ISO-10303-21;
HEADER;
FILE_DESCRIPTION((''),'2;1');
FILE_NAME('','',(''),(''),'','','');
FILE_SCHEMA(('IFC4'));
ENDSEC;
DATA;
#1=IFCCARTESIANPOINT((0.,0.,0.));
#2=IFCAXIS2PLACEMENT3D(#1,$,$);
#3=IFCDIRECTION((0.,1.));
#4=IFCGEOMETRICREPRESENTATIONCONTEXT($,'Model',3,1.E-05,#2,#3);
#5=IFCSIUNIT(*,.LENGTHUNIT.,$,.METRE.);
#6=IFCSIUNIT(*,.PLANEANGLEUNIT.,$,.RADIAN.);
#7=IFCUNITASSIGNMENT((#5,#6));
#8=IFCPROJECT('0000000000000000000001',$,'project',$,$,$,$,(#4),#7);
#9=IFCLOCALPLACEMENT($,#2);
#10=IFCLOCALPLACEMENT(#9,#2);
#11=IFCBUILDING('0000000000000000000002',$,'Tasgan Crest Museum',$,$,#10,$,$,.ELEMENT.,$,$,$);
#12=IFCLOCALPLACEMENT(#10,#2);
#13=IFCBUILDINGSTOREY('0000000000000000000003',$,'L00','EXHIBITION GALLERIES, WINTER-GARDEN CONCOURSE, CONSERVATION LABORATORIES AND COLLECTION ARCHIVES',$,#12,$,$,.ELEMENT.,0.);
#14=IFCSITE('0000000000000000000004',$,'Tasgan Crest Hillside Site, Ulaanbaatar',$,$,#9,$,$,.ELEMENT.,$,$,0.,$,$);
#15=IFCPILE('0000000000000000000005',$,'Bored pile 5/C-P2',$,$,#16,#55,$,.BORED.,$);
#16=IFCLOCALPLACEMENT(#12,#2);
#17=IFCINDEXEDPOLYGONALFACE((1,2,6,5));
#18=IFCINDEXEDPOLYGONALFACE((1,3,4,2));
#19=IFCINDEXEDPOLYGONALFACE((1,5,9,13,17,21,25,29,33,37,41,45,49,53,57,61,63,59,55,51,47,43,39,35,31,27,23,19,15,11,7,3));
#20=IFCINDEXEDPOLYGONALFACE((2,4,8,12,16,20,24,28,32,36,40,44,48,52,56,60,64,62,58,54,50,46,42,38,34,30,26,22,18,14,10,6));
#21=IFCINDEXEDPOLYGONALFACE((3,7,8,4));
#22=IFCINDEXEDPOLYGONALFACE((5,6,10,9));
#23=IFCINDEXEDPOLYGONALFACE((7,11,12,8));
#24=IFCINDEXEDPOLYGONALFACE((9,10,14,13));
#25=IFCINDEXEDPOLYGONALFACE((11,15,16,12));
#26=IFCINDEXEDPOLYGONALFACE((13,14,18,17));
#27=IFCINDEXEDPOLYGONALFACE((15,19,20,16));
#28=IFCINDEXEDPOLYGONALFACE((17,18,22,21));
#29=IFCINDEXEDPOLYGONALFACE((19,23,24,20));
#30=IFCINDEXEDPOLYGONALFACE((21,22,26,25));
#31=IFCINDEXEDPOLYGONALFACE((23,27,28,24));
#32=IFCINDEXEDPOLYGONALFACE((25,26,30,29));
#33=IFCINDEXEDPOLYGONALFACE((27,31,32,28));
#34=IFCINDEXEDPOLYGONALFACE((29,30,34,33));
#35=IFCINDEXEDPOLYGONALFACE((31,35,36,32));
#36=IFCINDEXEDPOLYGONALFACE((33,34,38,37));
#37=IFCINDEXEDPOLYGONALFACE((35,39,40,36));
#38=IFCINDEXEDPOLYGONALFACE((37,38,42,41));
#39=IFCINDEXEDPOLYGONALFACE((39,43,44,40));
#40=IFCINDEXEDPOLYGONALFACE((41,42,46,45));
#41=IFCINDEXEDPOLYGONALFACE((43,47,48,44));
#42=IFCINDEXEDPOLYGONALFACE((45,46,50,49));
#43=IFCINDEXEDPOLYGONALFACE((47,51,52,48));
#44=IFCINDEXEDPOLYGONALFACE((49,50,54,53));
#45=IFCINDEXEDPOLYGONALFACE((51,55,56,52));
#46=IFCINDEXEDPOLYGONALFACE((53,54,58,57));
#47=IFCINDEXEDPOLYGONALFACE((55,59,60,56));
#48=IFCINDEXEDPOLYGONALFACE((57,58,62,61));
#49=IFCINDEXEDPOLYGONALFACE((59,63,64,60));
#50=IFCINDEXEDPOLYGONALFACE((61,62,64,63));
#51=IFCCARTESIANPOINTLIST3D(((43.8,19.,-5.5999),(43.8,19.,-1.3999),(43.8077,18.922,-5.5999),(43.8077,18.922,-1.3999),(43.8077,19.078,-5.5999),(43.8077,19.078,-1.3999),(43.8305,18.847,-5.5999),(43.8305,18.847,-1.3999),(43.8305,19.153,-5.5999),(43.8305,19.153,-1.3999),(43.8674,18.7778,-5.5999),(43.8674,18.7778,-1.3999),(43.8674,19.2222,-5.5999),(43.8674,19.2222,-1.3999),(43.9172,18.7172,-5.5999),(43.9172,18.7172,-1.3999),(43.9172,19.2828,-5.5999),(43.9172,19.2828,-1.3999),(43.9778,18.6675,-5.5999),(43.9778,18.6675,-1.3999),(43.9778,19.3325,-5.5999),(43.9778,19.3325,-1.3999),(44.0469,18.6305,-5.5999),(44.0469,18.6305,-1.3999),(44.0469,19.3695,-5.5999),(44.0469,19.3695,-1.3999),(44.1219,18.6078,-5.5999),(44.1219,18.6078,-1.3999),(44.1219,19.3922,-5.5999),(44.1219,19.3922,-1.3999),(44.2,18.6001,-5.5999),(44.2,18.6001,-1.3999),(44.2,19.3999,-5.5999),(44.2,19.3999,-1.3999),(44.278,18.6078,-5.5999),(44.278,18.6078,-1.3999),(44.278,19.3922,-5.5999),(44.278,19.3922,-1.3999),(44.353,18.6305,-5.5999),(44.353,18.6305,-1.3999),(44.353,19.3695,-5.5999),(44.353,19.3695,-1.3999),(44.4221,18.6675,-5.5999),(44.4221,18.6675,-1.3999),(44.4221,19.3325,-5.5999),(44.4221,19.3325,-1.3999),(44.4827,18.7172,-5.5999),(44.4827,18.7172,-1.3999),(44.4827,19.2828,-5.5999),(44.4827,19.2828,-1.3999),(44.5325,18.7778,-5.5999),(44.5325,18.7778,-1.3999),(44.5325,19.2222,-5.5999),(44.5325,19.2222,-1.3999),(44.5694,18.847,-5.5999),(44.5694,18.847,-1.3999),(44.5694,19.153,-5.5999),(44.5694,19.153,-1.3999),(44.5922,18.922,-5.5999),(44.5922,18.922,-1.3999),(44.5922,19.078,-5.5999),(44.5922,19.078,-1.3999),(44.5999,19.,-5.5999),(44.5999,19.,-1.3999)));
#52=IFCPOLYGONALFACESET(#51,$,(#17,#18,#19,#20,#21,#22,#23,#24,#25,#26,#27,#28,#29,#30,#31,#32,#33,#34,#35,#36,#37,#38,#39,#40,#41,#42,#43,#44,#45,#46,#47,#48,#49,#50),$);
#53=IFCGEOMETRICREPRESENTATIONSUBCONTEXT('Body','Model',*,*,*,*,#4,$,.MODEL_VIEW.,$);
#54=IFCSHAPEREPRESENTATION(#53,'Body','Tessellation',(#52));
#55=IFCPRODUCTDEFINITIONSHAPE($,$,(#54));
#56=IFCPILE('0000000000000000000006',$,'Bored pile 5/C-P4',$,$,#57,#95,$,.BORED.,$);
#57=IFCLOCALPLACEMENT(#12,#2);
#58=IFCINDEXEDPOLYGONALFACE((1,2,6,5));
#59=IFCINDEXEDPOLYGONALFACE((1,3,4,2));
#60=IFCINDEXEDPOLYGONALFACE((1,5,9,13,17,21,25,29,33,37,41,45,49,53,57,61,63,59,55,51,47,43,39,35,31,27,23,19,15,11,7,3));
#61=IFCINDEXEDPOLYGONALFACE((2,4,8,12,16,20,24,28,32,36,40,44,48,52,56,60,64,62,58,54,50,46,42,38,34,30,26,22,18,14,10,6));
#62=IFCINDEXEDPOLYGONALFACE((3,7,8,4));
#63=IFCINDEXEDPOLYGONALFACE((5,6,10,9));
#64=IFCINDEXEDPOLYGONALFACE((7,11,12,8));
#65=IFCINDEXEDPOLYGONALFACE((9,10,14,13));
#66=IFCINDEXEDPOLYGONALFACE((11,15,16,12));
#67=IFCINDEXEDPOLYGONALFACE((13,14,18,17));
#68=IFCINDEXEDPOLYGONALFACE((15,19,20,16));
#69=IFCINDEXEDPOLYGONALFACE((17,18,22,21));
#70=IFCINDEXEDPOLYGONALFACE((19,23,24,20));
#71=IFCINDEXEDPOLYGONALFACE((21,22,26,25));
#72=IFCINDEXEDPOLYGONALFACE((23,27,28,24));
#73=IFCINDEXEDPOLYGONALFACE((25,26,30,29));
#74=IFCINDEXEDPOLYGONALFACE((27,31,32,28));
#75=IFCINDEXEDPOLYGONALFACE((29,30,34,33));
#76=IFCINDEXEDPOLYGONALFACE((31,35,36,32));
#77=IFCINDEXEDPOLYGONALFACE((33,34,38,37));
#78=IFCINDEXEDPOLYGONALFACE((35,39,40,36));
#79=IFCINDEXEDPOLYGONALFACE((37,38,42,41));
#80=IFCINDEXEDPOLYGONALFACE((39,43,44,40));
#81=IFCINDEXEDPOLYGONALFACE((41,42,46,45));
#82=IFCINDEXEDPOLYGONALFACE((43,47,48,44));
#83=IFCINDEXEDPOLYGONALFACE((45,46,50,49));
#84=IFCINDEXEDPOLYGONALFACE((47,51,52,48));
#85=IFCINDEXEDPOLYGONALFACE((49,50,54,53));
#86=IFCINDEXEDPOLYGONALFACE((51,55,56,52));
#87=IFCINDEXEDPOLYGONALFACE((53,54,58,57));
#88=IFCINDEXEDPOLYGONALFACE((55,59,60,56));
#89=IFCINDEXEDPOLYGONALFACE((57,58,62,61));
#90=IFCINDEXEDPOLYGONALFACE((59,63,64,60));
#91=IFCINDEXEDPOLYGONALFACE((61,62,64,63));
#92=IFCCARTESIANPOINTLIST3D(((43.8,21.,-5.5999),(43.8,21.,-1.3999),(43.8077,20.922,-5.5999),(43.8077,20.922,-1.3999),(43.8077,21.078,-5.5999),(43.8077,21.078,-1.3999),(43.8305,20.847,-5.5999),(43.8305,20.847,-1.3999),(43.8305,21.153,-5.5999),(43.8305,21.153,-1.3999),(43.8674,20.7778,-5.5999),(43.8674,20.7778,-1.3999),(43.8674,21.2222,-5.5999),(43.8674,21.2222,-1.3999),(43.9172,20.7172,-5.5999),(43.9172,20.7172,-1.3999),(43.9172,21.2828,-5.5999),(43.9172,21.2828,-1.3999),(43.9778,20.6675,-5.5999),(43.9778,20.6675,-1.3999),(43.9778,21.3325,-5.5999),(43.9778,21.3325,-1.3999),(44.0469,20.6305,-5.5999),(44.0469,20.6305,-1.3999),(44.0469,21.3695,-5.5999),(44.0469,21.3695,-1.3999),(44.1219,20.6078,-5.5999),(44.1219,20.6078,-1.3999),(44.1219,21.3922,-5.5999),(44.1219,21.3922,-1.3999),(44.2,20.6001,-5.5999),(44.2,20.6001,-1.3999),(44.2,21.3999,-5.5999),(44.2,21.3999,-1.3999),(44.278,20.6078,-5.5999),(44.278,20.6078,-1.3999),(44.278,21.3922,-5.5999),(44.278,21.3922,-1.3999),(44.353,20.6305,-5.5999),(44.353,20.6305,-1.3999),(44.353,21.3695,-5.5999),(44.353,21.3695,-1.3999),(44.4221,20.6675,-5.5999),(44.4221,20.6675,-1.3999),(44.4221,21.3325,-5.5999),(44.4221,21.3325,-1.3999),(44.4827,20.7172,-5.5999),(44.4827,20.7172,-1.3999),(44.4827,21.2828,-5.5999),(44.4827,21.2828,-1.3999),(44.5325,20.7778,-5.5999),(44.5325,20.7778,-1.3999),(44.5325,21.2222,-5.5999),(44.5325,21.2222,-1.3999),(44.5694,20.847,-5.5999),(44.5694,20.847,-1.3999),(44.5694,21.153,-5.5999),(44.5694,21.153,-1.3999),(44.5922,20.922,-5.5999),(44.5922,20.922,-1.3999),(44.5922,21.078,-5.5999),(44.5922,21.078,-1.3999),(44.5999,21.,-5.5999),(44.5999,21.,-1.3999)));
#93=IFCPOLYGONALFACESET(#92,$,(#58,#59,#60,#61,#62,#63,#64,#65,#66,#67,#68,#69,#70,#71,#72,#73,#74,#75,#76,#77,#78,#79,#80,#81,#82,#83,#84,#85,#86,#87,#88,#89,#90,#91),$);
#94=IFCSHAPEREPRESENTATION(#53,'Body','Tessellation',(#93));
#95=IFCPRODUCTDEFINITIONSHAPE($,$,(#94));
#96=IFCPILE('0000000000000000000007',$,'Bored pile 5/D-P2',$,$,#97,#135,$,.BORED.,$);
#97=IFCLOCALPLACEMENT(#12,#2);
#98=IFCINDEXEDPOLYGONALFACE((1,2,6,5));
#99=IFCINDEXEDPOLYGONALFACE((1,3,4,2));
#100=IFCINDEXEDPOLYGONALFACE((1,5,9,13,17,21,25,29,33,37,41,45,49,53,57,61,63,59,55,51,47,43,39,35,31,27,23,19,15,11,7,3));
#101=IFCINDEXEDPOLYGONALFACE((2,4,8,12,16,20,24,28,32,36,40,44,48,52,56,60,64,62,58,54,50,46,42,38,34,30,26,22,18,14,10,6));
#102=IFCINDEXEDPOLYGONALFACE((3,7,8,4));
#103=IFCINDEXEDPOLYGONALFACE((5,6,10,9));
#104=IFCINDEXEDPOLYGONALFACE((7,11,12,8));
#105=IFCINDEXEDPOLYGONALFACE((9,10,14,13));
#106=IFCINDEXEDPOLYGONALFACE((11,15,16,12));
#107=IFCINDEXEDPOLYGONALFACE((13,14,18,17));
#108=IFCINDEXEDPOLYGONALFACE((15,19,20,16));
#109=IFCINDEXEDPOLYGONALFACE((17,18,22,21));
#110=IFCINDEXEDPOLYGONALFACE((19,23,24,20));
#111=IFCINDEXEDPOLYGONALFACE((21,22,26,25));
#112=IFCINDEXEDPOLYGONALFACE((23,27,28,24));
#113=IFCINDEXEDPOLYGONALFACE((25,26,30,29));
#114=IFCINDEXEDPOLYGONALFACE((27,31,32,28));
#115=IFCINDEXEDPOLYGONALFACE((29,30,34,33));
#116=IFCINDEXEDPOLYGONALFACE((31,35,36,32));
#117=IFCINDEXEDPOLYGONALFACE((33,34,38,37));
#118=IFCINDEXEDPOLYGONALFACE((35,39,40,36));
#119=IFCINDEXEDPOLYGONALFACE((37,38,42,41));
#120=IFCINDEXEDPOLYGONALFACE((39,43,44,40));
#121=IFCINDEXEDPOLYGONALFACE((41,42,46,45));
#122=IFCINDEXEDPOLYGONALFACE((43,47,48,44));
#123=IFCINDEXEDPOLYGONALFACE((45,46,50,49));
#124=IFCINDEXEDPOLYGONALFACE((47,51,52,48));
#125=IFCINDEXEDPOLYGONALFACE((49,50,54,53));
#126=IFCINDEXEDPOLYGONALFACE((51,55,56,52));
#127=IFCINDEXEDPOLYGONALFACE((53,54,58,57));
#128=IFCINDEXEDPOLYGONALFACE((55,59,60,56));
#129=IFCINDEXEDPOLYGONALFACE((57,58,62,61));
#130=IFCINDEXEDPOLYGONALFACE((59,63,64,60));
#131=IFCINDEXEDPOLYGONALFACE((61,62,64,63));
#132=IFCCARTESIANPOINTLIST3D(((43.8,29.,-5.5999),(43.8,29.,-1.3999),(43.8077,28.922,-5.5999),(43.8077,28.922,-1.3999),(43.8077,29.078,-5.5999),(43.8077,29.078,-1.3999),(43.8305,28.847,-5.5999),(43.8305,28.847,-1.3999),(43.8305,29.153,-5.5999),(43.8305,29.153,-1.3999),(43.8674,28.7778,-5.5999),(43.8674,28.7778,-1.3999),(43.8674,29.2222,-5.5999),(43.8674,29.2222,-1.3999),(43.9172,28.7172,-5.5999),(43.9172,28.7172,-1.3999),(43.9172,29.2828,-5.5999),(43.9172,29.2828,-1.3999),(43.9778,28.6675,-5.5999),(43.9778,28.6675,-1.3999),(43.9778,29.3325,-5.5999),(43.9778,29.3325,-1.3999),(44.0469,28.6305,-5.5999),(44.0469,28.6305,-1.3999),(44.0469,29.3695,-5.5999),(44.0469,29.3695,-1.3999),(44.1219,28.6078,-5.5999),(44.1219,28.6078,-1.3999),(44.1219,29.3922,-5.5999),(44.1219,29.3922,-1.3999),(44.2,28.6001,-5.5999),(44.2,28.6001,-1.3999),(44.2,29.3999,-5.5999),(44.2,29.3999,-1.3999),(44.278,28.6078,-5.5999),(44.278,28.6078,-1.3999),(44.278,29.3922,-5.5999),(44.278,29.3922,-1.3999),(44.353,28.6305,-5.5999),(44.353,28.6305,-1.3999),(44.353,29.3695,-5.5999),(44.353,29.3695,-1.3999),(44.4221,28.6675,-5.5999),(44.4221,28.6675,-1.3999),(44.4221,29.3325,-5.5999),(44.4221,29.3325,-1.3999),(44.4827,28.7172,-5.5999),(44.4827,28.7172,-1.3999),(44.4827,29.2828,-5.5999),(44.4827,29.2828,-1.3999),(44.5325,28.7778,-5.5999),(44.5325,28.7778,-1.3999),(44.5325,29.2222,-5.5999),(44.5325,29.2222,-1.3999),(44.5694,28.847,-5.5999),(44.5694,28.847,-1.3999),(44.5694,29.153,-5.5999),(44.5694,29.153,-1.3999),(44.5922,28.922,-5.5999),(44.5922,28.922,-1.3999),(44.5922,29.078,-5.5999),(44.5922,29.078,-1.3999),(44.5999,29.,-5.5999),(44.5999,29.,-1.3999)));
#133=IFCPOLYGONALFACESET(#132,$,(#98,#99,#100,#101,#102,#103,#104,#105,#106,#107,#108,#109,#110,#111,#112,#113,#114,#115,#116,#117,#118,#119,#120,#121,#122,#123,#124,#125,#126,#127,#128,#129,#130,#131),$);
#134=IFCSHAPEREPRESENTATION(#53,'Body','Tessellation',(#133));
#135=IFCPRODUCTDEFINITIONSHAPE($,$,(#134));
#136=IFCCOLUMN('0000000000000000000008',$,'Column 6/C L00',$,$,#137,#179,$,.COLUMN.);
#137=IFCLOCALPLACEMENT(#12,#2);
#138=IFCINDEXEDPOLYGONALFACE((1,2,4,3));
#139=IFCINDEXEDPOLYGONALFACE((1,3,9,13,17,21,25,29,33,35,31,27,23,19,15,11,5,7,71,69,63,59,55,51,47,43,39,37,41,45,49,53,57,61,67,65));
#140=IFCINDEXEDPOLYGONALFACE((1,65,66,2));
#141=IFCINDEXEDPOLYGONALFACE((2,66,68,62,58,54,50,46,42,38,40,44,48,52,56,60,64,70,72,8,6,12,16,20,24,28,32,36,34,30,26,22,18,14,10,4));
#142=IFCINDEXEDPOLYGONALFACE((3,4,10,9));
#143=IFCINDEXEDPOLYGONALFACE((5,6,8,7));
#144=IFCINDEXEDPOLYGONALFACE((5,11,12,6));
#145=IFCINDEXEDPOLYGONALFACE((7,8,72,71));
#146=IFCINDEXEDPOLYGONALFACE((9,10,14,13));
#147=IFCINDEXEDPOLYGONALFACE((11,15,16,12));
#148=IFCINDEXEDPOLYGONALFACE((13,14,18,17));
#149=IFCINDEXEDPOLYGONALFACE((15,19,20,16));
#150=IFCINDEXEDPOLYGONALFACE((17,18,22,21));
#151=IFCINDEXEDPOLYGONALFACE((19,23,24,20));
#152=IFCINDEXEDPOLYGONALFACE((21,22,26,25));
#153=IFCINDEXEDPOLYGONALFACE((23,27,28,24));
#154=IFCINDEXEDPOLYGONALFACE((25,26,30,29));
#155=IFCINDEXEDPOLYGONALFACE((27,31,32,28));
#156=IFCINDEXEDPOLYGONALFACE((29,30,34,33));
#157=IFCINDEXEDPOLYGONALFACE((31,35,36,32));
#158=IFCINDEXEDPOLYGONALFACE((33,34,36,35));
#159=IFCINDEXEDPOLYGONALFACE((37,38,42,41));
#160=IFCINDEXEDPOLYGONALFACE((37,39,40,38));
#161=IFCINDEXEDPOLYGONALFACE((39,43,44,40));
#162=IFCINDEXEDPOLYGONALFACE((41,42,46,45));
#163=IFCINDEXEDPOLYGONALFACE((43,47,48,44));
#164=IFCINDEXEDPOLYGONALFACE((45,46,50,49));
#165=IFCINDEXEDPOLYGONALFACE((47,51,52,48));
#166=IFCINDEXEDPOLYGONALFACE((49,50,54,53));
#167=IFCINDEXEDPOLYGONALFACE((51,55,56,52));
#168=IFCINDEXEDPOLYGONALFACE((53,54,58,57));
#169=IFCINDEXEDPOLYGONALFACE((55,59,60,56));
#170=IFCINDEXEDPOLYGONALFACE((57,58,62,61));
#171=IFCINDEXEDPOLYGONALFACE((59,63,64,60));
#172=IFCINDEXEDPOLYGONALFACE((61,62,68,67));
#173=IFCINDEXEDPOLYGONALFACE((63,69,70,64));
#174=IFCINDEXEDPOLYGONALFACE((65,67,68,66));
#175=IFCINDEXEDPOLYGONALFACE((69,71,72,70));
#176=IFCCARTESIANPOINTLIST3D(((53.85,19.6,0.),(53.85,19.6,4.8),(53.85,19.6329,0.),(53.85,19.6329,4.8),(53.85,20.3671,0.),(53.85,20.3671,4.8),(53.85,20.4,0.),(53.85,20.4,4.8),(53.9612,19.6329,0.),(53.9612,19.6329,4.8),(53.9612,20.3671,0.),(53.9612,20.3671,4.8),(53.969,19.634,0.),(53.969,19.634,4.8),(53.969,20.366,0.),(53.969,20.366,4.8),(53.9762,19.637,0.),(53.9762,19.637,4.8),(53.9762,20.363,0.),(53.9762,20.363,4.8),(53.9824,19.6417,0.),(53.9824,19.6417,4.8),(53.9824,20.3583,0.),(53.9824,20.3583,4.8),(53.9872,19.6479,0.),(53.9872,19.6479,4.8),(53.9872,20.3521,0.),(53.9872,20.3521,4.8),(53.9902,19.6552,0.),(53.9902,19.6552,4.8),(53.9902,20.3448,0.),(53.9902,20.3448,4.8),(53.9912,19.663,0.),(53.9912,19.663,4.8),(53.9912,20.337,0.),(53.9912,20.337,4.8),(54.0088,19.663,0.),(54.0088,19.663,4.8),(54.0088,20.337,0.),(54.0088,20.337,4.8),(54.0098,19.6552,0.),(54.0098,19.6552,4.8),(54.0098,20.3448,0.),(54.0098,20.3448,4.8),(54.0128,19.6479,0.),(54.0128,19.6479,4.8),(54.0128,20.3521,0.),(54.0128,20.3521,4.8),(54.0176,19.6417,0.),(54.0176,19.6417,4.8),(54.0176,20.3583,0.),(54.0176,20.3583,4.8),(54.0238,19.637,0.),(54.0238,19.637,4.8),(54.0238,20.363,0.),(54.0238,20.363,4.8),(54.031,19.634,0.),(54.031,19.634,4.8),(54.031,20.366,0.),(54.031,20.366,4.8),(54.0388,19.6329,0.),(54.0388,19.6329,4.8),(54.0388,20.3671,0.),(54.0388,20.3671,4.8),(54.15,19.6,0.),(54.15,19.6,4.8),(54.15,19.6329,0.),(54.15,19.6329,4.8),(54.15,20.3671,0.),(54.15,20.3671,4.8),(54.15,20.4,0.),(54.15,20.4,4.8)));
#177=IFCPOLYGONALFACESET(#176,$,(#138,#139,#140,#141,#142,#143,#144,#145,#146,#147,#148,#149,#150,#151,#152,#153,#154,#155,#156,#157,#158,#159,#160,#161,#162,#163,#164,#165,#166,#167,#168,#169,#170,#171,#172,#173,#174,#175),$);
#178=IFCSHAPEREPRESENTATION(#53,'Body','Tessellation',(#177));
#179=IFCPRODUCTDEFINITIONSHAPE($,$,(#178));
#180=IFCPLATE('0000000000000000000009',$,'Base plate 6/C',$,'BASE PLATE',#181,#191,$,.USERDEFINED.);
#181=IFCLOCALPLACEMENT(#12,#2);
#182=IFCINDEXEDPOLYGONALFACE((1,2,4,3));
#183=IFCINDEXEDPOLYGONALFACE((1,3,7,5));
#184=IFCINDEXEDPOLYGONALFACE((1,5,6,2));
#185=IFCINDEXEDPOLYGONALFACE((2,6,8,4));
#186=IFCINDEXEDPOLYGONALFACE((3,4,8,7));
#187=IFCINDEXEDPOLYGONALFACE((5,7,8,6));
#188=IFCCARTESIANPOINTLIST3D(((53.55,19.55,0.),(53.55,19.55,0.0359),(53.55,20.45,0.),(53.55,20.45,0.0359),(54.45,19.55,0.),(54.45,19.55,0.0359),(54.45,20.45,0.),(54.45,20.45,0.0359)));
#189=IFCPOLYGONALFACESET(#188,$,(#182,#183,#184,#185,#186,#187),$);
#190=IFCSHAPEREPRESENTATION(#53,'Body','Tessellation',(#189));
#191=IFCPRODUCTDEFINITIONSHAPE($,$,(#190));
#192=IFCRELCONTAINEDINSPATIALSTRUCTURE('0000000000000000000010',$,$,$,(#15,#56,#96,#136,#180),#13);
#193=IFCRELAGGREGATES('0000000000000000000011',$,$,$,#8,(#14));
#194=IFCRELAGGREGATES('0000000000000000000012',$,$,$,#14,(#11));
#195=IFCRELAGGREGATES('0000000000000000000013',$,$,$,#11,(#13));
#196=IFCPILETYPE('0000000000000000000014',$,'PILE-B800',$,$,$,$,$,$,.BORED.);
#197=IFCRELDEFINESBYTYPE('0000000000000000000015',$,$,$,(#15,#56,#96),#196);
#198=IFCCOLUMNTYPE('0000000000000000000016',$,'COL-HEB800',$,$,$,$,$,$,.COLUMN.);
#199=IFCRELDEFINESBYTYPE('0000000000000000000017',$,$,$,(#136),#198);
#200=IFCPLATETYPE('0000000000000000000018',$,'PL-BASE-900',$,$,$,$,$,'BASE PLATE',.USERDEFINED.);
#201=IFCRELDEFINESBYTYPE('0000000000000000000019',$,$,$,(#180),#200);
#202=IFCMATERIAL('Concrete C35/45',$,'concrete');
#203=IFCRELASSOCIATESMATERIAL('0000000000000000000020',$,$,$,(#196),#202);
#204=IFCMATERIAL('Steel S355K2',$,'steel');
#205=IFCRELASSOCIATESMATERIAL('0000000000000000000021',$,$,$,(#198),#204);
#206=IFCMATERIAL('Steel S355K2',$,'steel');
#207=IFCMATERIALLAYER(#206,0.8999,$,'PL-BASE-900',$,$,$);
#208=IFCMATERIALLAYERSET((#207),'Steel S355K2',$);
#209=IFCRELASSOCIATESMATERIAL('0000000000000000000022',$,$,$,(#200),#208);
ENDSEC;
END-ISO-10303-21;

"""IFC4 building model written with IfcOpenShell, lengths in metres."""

from ifc_helpers import new_model, si_unit, direction, frame, origin, origin_2d, place, context, subcontext, project, spatial, rectangle, circle, i_section, extrude, material, layer, layer_set, material_profile, profile_set, type_object, element, save


model = new_model("IFC4")

# Units and contexts
model_context = context("Model", 3, precision=1e-05, world=origin(), true_north=direction((0.0, 1.0)))
body_context = subcontext(model_context, "Body", "Model", "MODEL_VIEW")
ifc_project = project(units=[si_unit("LENGTHUNIT", "METRE"), si_unit("PLANEANGLEUNIT", "RADIAN")], contexts=[model_context])

# Site, building, storey
site_placement = place(None, origin())
site = spatial("IfcSite", under=ifc_project, at=site_placement, Name="Tasgan Crest Hillside Site, Ulaanbaatar", CompositionType="ELEMENT", RefElevation=0.0)
building_placement = place(site_placement, origin())
building = spatial("IfcBuilding", under=site, at=building_placement, Name="Tasgan Crest Museum", CompositionType="ELEMENT")
storey_placement = place(building_placement, origin())
storey = spatial("IfcBuildingStorey", under=building, at=storey_placement, Name="L00", Description="EXHIBITION GALLERIES, WINTER-GARDEN CONCOURSE, CONSERVATION LABORATORIES AND COLLECTION ARCHIVES", CompositionType="ELEMENT", Elevation=0.0)

# Piles
ifc_material_1 = material(Name="Concrete C35/45", Category="concrete")
ifc_material_profile_1 = material_profile(ifc_material_1, circle(Radius=0.3999, at=origin_2d()), Name="PILE D800")
ifc_profile_set_1 = profile_set([ifc_material_profile_1], Name="Concrete C35/45")
pile_type_1 = type_object("IfcPileType", Name="PILE-B800", PredefinedType="BORED", material=ifc_profile_set_1)
for number, where, z_axis, x_axis, name in (
    (1, (44.2, 19.0, -1.3999), (0.0, 0.0, -1.0), (1.0, 0.0, 0.0), "Bored pile 5/C-P2"),
    (2, (44.2, 21.0, -1.3999), (0.0, 0.0, -1.0), (1.0, 0.0, 0.0), "Bored pile 5/C-P4"),
    (3, (44.2, 29.0, -1.3999), (0.0, 0.0, -1.0), (1.0, 0.0, 0.0), "Bored pile 5/D-P2"),
):
    element("IfcPile", number, at=place(storey_placement, frame(where, z_axis=z_axis, x_axis=x_axis)), inside=storey, type_object=pile_type_1, Name=name, PredefinedType="BORED", context=body_context, shape_type="SweptSolid", body=[
        extrude(circle(Radius=0.3999, at=origin_2d()), origin(), (0.0, 0.0, 1.0), 4.2),
    ])

# Column
ifc_material_2 = material(Name="Steel S355K2", Category="steel")
ifc_material_profile_2 = material_profile(ifc_material_2, i_section(OverallWidth=0.3, OverallDepth=0.8, WebThickness=0.0176, FlangeThickness=0.033, FilletRadius=0.03, at=origin_2d()), Name="HEB 800")
ifc_profile_set_2 = profile_set([ifc_material_profile_2], Name="Steel S355K2")
column_type = type_object("IfcColumnType", Name="COL-HEB800", PredefinedType="COLUMN", material=ifc_profile_set_2)
column_placement = place(storey_placement, frame((54.0, 20.0, 0.0), z_axis=(0.0, 0.0, 1.0), x_axis=(1.0, 0.0, 0.0)))
element("IfcColumn", 4, at=column_placement, inside=storey, type_object=column_type, Name="Column 6/C L00", PredefinedType="COLUMN", context=body_context, shape_type="SweptSolid", body=[
    extrude(i_section(OverallWidth=0.3, OverallDepth=0.8, WebThickness=0.0176, FlangeThickness=0.033, FilletRadius=0.03, at=origin_2d()), origin(), (0.0, 0.0, 1.0), 4.8),
])

# Plate
ifc_material_3 = material(Name="Steel S355K2", Category="steel")
ifc_layer_1 = layer(ifc_material_3, 0.8999, Name="PL-BASE-900")
ifc_layer_set_1 = layer_set([ifc_layer_1], Name="Steel S355K2")
plate_type = type_object("IfcPlateType", Name="PL-BASE-900", ElementType="BASE PLATE", PredefinedType="USERDEFINED", material=ifc_layer_set_1)
plate_placement = place(storey_placement, frame((54.0, 20.0, 0.0), z_axis=(0.0, 0.0, 1.0), x_axis=(1.0, 0.0, 0.0)))
element("IfcPlate", 5, at=plate_placement, inside=storey, type_object=plate_type, Name="Base plate 6/C", ObjectType="BASE PLATE", PredefinedType="USERDEFINED", context=body_context, shape_type="SweptSolid", body=[
    extrude(rectangle(XDim=0.8999, YDim=0.8999, at=origin_2d()), origin(), (0.0, 0.0, 1.0), 0.0359),
])

save(model, "model.ifc")
